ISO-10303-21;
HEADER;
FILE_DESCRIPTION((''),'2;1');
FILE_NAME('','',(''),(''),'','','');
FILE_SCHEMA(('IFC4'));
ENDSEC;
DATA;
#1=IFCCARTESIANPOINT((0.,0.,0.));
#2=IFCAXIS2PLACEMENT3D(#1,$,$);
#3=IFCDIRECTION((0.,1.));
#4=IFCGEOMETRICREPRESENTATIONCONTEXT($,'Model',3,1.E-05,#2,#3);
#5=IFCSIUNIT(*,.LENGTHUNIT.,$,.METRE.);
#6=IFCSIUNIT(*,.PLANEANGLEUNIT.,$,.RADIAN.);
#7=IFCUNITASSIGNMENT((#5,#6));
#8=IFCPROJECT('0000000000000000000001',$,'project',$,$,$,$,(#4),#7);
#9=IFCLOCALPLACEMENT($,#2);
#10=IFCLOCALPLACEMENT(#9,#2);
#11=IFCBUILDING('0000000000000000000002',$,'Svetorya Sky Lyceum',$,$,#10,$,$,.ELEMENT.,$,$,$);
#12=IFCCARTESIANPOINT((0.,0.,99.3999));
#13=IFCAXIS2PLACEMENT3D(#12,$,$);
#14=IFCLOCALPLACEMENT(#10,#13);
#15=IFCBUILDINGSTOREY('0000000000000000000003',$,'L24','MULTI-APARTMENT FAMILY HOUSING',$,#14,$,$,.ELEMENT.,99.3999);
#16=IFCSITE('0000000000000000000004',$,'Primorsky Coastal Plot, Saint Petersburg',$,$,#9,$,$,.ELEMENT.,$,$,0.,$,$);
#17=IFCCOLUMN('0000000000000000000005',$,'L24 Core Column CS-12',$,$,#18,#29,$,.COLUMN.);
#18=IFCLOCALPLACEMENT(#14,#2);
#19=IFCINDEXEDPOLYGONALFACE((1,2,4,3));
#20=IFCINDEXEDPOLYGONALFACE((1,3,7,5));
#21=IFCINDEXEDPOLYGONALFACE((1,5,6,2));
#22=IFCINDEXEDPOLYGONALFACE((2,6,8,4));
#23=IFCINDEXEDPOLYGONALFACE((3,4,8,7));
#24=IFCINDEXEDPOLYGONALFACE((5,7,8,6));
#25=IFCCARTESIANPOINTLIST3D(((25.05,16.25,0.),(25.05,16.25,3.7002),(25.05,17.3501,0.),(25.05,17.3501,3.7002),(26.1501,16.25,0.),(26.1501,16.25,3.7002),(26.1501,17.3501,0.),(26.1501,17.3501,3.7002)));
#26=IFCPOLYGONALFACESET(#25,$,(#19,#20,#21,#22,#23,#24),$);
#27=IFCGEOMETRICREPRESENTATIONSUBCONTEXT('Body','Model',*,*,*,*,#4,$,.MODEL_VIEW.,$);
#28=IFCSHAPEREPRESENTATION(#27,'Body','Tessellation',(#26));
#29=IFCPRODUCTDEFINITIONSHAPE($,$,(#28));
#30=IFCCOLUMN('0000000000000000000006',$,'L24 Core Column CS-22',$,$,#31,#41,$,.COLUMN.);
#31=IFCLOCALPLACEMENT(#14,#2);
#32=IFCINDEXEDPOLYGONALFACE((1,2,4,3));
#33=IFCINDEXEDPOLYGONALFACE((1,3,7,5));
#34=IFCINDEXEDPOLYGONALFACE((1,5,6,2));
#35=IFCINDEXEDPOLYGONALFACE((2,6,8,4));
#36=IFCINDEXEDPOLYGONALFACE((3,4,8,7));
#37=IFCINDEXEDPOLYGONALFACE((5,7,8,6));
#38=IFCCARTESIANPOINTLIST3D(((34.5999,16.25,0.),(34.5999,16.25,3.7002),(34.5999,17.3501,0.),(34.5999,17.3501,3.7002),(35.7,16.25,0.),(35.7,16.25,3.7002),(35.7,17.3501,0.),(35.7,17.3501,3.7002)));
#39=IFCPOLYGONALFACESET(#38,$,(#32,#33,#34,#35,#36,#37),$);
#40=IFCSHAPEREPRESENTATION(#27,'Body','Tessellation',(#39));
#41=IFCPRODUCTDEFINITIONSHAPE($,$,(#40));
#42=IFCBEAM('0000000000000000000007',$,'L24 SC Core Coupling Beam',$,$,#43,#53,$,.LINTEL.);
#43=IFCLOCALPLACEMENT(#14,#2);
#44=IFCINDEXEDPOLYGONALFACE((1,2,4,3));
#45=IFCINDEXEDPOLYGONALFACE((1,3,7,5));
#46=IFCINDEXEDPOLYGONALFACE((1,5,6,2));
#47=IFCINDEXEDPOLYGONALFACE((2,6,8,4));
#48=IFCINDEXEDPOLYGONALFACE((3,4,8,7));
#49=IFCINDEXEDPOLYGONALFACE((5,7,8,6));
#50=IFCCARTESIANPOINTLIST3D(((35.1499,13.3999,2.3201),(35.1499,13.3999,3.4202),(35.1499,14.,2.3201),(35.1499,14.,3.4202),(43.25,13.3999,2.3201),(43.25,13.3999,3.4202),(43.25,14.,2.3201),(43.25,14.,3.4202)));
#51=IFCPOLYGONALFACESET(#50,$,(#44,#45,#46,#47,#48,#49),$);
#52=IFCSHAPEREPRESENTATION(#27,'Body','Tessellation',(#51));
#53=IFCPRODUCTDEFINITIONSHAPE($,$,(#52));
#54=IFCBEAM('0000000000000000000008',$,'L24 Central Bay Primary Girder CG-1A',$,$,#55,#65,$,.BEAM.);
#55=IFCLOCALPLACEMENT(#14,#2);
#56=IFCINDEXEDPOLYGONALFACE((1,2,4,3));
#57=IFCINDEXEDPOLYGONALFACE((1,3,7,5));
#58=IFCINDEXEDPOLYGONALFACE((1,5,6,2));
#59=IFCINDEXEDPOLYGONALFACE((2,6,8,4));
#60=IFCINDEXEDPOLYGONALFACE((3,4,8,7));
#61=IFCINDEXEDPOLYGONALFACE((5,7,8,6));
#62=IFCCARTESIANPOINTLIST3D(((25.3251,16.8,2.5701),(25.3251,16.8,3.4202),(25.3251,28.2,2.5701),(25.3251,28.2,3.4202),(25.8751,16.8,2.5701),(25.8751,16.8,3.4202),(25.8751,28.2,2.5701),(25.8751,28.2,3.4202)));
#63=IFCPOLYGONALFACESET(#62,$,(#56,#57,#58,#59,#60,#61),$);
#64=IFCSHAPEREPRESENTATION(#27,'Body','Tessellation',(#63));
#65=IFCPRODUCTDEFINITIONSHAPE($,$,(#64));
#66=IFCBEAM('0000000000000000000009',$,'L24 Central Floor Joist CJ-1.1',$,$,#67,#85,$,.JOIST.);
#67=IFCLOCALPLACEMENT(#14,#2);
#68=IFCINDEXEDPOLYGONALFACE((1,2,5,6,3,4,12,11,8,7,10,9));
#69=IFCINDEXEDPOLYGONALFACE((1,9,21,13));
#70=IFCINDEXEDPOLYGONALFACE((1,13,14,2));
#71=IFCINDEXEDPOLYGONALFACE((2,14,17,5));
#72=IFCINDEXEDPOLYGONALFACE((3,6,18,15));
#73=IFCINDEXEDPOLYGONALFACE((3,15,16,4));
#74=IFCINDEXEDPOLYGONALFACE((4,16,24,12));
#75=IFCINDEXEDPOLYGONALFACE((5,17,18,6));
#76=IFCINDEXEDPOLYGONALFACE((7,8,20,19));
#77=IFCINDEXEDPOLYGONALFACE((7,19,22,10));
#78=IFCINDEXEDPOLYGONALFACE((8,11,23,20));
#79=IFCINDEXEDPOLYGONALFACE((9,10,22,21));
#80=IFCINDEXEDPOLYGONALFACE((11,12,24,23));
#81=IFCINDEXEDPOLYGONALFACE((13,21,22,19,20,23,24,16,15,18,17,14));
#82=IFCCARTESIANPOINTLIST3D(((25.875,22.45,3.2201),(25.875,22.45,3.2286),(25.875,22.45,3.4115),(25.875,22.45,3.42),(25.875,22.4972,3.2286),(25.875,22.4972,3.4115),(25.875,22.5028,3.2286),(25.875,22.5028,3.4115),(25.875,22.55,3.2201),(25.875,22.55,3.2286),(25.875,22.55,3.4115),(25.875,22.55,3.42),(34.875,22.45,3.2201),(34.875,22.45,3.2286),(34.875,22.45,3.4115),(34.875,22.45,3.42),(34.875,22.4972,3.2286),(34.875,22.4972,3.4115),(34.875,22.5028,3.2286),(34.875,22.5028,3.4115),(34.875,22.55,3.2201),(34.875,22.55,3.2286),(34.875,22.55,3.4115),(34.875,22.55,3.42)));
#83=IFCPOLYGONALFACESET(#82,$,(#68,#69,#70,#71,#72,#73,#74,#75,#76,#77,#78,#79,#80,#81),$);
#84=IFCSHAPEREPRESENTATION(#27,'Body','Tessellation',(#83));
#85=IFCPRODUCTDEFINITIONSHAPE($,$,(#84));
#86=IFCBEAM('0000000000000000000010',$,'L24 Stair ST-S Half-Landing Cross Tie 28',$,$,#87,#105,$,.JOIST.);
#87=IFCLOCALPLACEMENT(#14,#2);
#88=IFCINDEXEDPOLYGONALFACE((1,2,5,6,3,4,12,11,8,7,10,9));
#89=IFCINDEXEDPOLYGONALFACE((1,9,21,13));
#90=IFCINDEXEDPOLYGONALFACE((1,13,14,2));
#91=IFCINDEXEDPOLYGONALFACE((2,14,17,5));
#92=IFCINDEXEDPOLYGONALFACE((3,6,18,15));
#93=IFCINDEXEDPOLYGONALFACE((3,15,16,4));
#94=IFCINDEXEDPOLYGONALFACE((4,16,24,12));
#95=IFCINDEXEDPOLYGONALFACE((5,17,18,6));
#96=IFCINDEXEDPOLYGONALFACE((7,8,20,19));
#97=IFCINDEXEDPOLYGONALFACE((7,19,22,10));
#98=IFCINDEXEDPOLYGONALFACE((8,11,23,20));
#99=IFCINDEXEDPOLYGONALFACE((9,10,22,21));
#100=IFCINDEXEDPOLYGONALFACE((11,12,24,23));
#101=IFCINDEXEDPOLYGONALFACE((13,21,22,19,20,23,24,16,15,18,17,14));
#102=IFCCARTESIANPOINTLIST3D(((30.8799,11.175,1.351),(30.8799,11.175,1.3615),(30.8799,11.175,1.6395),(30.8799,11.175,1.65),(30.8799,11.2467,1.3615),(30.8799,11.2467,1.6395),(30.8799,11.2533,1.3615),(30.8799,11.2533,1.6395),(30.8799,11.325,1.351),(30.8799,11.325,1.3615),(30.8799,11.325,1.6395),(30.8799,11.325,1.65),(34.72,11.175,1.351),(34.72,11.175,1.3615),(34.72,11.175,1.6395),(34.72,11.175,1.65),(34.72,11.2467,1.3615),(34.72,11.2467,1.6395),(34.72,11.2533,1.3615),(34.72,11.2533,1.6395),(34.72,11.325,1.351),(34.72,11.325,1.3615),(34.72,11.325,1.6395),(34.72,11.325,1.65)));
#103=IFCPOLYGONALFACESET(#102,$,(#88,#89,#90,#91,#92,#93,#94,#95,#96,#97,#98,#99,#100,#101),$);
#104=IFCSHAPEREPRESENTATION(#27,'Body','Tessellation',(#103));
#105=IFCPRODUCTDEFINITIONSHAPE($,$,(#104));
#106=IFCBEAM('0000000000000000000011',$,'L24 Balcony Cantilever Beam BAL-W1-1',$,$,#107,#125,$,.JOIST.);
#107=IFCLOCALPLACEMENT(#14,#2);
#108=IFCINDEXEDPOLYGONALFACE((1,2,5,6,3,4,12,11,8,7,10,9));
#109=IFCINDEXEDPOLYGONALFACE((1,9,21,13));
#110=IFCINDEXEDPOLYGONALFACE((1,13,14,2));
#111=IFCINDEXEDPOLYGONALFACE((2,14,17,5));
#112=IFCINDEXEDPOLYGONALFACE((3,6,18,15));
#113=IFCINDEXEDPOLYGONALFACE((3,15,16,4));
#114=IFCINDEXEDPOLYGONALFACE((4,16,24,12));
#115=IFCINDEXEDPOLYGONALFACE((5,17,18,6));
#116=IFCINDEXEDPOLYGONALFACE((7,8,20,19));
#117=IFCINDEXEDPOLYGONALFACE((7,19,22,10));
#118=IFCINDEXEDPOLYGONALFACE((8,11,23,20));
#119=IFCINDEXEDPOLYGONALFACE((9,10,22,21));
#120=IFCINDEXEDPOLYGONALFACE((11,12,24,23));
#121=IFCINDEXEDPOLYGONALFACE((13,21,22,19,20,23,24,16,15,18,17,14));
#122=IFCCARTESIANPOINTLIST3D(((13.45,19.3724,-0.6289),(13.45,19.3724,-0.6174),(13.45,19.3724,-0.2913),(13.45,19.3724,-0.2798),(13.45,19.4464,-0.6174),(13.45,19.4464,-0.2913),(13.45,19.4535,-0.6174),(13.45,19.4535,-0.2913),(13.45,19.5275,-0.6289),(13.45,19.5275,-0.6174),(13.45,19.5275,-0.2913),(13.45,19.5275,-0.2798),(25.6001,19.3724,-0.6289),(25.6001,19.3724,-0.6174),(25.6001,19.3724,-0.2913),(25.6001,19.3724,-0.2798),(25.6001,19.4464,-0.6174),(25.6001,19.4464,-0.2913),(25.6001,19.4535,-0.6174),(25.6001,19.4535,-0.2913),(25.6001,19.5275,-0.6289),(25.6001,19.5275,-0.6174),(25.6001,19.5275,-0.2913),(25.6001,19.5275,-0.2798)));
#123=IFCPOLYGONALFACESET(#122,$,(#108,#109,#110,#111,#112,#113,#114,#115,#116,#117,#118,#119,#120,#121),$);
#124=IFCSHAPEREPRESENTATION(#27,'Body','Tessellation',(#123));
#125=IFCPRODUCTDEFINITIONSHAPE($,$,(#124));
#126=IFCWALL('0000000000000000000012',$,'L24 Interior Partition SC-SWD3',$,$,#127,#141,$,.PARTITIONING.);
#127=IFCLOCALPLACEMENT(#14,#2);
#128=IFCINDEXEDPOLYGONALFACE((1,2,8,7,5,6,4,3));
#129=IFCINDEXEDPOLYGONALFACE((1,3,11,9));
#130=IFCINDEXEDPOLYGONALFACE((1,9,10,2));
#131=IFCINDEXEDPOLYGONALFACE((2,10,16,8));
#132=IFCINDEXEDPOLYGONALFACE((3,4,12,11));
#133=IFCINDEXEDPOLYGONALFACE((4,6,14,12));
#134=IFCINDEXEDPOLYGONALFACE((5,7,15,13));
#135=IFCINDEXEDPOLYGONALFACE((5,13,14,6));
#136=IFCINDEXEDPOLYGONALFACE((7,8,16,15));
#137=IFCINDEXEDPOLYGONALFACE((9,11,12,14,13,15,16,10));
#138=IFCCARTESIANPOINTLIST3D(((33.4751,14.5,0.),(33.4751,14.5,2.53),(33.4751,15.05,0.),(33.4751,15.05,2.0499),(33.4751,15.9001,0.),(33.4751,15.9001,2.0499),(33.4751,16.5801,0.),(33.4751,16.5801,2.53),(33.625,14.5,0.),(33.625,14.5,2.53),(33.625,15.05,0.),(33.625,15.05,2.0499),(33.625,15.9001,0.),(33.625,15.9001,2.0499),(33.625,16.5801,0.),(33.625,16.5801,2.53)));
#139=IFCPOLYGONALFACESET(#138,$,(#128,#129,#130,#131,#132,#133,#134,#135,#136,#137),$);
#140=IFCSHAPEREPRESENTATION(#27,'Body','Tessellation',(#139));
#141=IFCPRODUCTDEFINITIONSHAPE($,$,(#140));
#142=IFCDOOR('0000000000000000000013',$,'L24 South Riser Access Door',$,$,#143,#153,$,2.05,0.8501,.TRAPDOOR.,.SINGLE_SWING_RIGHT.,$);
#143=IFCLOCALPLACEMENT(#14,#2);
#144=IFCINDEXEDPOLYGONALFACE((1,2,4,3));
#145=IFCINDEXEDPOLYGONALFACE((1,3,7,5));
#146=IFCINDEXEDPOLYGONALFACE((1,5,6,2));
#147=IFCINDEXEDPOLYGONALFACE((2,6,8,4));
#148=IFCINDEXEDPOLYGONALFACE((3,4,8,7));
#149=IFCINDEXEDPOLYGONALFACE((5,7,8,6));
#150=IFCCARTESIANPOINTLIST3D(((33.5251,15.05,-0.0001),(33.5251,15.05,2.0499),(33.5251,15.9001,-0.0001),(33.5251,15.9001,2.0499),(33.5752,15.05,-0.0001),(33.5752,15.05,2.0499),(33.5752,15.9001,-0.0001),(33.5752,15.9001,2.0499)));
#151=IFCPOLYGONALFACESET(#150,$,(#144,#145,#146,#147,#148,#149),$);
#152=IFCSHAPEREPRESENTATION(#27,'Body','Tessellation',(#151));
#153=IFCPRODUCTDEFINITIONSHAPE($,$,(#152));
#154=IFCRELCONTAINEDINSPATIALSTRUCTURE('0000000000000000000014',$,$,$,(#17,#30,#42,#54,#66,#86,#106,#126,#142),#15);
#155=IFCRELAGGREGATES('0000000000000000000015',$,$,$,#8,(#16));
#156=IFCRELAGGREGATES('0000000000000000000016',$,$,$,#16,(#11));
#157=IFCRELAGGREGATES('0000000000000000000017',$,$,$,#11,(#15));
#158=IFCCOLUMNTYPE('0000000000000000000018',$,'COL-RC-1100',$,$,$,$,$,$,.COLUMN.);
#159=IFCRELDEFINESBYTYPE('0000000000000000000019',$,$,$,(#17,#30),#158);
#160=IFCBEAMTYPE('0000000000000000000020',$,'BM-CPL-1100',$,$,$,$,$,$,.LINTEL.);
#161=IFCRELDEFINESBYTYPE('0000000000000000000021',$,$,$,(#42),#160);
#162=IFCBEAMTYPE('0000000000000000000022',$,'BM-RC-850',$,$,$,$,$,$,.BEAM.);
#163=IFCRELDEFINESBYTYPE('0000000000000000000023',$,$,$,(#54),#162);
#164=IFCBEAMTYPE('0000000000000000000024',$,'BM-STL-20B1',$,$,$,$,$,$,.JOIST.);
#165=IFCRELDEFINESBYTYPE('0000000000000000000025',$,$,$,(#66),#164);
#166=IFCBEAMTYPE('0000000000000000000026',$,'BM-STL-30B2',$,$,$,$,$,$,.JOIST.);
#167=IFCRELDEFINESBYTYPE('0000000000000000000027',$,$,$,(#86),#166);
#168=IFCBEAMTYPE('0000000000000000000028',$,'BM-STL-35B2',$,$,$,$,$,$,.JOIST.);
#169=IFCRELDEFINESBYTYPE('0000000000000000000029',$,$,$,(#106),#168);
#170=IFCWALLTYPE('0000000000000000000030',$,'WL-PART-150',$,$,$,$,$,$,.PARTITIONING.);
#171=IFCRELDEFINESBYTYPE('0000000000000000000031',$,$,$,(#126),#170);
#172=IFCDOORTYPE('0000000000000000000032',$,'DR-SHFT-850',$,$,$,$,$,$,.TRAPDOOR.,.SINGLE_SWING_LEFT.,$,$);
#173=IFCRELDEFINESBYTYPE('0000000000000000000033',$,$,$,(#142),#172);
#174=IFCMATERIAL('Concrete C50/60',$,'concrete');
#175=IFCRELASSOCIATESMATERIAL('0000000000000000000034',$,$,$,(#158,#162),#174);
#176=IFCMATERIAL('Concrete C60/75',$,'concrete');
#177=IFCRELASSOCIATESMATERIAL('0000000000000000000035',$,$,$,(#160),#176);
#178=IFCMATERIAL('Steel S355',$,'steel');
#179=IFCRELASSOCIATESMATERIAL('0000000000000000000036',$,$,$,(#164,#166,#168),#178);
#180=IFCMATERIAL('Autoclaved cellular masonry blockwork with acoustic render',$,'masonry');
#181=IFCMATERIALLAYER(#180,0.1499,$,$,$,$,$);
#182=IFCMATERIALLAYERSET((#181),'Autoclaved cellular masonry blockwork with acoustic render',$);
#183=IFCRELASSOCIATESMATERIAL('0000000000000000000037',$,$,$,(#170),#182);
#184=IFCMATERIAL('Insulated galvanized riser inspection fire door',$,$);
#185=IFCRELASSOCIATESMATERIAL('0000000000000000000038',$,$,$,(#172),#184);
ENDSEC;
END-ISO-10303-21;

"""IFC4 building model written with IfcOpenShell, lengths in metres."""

from ifc_helpers import new_model, si_unit, direction, frame, frame_2d, origin, origin_2d, place, context, subcontext, project, spatial, rectangle, i_section, extrude, material, layer, layer_set, material_profile, profile_set, type_object, element, fill, save


model = new_model("IFC4")

# Units and contexts
model_context = context("Model", 3, precision=1e-05, world=origin(), true_north=direction((0.0, 1.0)))
body_context = subcontext(model_context, "Body", "Model", "MODEL_VIEW")
ifc_project = project(units=[si_unit("LENGTHUNIT", "METRE"), si_unit("PLANEANGLEUNIT", "RADIAN")], contexts=[model_context])

# Site, building, storey
site_placement = place(None, origin())
site = spatial("IfcSite", under=ifc_project, at=site_placement, Name="Primorsky Coastal Plot, Saint Petersburg", CompositionType="ELEMENT", RefElevation=0.0)
building_placement = place(site_placement, origin())
building = spatial("IfcBuilding", under=site, at=building_placement, Name="Svetorya Sky Lyceum", CompositionType="ELEMENT")
storey_placement = place(building_placement, frame((0.0, 0.0, 99.3999)))
storey = spatial("IfcBuildingStorey", under=building, at=storey_placement, Name="L24", Description="MULTI-APARTMENT FAMILY HOUSING", CompositionType="ELEMENT", Elevation=99.3999)

# Columns
ifc_material_1 = material(Name="Concrete C50/60", Category="concrete")
ifc_material_profile_1 = material_profile(ifc_material_1, rectangle(XDim=1.1001, YDim=1.1001, at=origin_2d()), Name="RC COL 1100x1100")
ifc_profile_set_1 = profile_set([ifc_material_profile_1], Name="Concrete C50/60")
column_type = type_object("IfcColumnType", Name="COL-RC-1100", PredefinedType="COLUMN", material=ifc_profile_set_1)
for number, where, z_axis, x_axis, name in (
    (1, (25.6001, 16.8, 0.0), (0.0, 0.0, 1.0), (1.0, 0.0, 0.0), "L24 Core Column CS-12"),
    (2, (35.1499, 16.8, 0.0), (0.0, 0.0, 1.0), (1.0, 0.0, 0.0), "L24 Core Column CS-22"),
):
    element("IfcColumn", number, at=place(storey_placement, frame(where, z_axis=z_axis, x_axis=x_axis)), inside=storey, type_object=column_type, Name=name, PredefinedType="COLUMN", context=body_context, shape_type="SweptSolid", body=[
        extrude(rectangle(XDim=1.1001, YDim=1.1001, at=origin_2d()), origin(), (0.0, 0.0, 1.0), 3.7002),
    ])

# Beams
ifc_material_2 = material(Name="Concrete C60/75", Category="concrete")
ifc_material_profile_2 = material_profile(ifc_material_2, rectangle(XDim=0.6001, YDim=1.1001, at=origin_2d()), Name="RC COUPLING 600x1100")
ifc_profile_set_2 = profile_set([ifc_material_profile_2], Name="Concrete C60/75")
beam_type_1 = type_object("IfcBeamType", Name="BM-CPL-1100", PredefinedType="LINTEL", material=ifc_profile_set_2)
beam_1_placement = place(storey_placement, frame((35.1499, 13.7, 2.8701), z_axis=(1.0, 0.0, 0.0), x_axis=(0.0, 1.0, 0.0)))
element("IfcBeam", 3, at=beam_1_placement, inside=storey, type_object=beam_type_1, Name="L24 SC Core Coupling Beam", PredefinedType="LINTEL", context=body_context, shape_type="SweptSolid", body=[
    extrude(rectangle(XDim=0.6001, YDim=1.1001, at=origin_2d()), origin(), (0.0, 0.0, 1.0), 8.1001),
])
ifc_material_profile_3 = material_profile(ifc_material_1, rectangle(XDim=0.55, YDim=0.8501, at=origin_2d()), Name="RC BEAM 550x850")
ifc_profile_set_3 = profile_set([ifc_material_profile_3], Name="Concrete C50/60")
beam_type_2 = type_object("IfcBeamType", Name="BM-RC-850", PredefinedType="BEAM", material=ifc_profile_set_3)
beam_2_placement = place(storey_placement, frame((25.6001, 16.8, 2.9951), z_axis=(0.0, 1.0, 0.0), x_axis=(-1.0, 0.0, 0.0)))
element("IfcBeam", 4, at=beam_2_placement, inside=storey, type_object=beam_type_2, Name="L24 Central Bay Primary Girder CG-1A", PredefinedType="BEAM", context=body_context, shape_type="SweptSolid", body=[
    extrude(rectangle(XDim=0.55, YDim=0.8501, at=origin_2d()), origin(), (0.0, 0.0, 1.0), 11.3999),
])
ifc_material_3 = material(Name="Steel S355", Category="steel")
ifc_material_profile_4 = material_profile(ifc_material_3, i_section(OverallWidth=0.1001, OverallDepth=0.2, WebThickness=0.0056, FlangeThickness=0.0085, at=origin_2d()), Name="GOST 20B1")
ifc_profile_set_4 = profile_set([ifc_material_profile_4], Name="Steel S355")
beam_type_3 = type_object("IfcBeamType", Name="BM-STL-20B1", PredefinedType="JOIST", material=ifc_profile_set_4)
beam_3_placement = place(storey_placement, frame((25.875, 22.5, 3.3201), z_axis=(1.0, 0.0, 0.0), x_axis=(0.0, 1.0, 0.0)))
element("IfcBeam", 5, at=beam_3_placement, inside=storey, type_object=beam_type_3, Name="L24 Central Floor Joist CJ-1.1", PredefinedType="JOIST", context=body_context, shape_type="SweptSolid", body=[
    extrude(i_section(OverallWidth=0.1001, OverallDepth=0.2, WebThickness=0.0056, FlangeThickness=0.0085, at=origin_2d()), origin(), (0.0, 0.0, 1.0), 9.0),
])
ifc_material_profile_5 = material_profile(ifc_material_3, i_section(OverallWidth=0.1499, OverallDepth=0.2991, WebThickness=0.0066, FlangeThickness=0.0105, at=origin_2d()), Name="GOST 30B2")
ifc_profile_set_5 = profile_set([ifc_material_profile_5], Name="Steel S355")
beam_type_4 = type_object("IfcBeamType", Name="BM-STL-30B2", PredefinedType="JOIST", material=ifc_profile_set_5)
beam_4_placement = place(storey_placement, frame((30.8799, 11.25, 1.5005), z_axis=(1.0, 0.0, 0.0), x_axis=(0.0, 1.0, 0.0)))
element("IfcBeam", 6, at=beam_4_placement, inside=storey, type_object=beam_type_4, Name="L24 Stair ST-S Half-Landing Cross Tie 28", PredefinedType="JOIST", context=body_context, shape_type="SweptSolid", body=[
    extrude(i_section(OverallWidth=0.1499, OverallDepth=0.2991, WebThickness=0.0066, FlangeThickness=0.0105, at=origin_2d()), origin(), (0.0, 0.0, 1.0), 3.8401),
])
ifc_material_profile_6 = material_profile(ifc_material_3, i_section(OverallWidth=0.155, OverallDepth=0.3491, WebThickness=0.0071, FlangeThickness=0.0115, at=origin_2d()), Name="GOST 35B2")
ifc_profile_set_6 = profile_set([ifc_material_profile_6], Name="Steel S355")
beam_type_5 = type_object("IfcBeamType", Name="BM-STL-35B2", PredefinedType="JOIST", material=ifc_profile_set_6)
beam_5_placement = place(storey_placement, frame((25.6001, 19.45, -0.4543), z_axis=(-1.0, 0.0, 0.0), x_axis=(0.0, -1.0, 0.0)))
element("IfcBeam", 7, at=beam_5_placement, inside=storey, type_object=beam_type_5, Name="L24 Balcony Cantilever Beam BAL-W1-1", PredefinedType="JOIST", context=body_context, shape_type="SweptSolid", body=[
    extrude(i_section(OverallWidth=0.155, OverallDepth=0.3491, WebThickness=0.0071, FlangeThickness=0.0115, at=origin_2d()), origin(), (0.0, 0.0, 1.0), 12.1501),
])

# Wall, opening, door
ifc_material_4 = material(Name="Autoclaved cellular masonry blockwork with acoustic render", Category="masonry")
ifc_layer_1 = layer(ifc_material_4, 0.1499)
ifc_layer_set_1 = layer_set([ifc_layer_1], Name="Autoclaved cellular masonry blockwork with acoustic render")
wall_type_1 = type_object("IfcWallType", Name="WL-PART-150", PredefinedType="PARTITIONING", material=ifc_layer_set_1)
wall_1_placement = place(storey_placement, frame((33.55, 14.5, 0.0), z_axis=(0.0, 0.0, 1.0), x_axis=(0.0, 1.0, 0.0)))
wall_1 = element("IfcWall", 8, at=wall_1_placement, inside=storey, type_object=wall_type_1, Name="L24 Interior Partition SC-SWD3", PredefinedType="PARTITIONING", context=body_context, shape_type="SweptSolid", body=[
    extrude(rectangle(XDim=2.0801, YDim=0.1499, at=frame_2d((1.04, 0.0))), origin(), (0.0, 0.0, 1.0), 2.53),
])
opening_1_placement = place(wall_1_placement, frame((0.55, 0.0, 0.0)))
opening_1 = element("IfcOpeningElement", 9, at=opening_1_placement, cuts=wall_1, PredefinedType="OPENING", context=body_context, shape_type="SweptSolid", body=[
    extrude(rectangle(XDim=0.8501, YDim=2.05, at=frame_2d((0.425, 1.0249))), frame((0.0, 0.085, 0.0), z_axis=(0.0, -1.0, 0.0), x_axis=(1.0, 0.0, 0.0)), (0.0, 0.0, 1.0), 0.1699),
])
ifc_material_5 = material(Name="Insulated galvanized riser inspection fire door")
door_type_1 = type_object("IfcDoorType", Name="DR-SHFT-850", OperationType="SINGLE_SWING_LEFT", PredefinedType="TRAPDOOR", material=ifc_material_5)
door_1_placement = place(opening_1_placement, origin())
door_1 = element("IfcDoor", 10, at=door_1_placement, inside=storey, type_object=door_type_1, Name="L24 South Riser Access Door", OperationType="SINGLE_SWING_RIGHT", OverallHeight=2.05, OverallWidth=0.8501, PredefinedType="TRAPDOOR", context=body_context, shape_type="SweptSolid", body=[
    extrude(rectangle(XDim=0.8501, YDim=2.05, at=frame_2d((0.425, 1.0249))), frame((0.0, 0.0249, 0.0), z_axis=(0.0, -1.0, 0.0), x_axis=(1.0, 0.0, 0.0)), (0.0, 0.0, 1.0), 0.05),
])
fill(opening_1, door_1)

save(model, "model.ifc")
